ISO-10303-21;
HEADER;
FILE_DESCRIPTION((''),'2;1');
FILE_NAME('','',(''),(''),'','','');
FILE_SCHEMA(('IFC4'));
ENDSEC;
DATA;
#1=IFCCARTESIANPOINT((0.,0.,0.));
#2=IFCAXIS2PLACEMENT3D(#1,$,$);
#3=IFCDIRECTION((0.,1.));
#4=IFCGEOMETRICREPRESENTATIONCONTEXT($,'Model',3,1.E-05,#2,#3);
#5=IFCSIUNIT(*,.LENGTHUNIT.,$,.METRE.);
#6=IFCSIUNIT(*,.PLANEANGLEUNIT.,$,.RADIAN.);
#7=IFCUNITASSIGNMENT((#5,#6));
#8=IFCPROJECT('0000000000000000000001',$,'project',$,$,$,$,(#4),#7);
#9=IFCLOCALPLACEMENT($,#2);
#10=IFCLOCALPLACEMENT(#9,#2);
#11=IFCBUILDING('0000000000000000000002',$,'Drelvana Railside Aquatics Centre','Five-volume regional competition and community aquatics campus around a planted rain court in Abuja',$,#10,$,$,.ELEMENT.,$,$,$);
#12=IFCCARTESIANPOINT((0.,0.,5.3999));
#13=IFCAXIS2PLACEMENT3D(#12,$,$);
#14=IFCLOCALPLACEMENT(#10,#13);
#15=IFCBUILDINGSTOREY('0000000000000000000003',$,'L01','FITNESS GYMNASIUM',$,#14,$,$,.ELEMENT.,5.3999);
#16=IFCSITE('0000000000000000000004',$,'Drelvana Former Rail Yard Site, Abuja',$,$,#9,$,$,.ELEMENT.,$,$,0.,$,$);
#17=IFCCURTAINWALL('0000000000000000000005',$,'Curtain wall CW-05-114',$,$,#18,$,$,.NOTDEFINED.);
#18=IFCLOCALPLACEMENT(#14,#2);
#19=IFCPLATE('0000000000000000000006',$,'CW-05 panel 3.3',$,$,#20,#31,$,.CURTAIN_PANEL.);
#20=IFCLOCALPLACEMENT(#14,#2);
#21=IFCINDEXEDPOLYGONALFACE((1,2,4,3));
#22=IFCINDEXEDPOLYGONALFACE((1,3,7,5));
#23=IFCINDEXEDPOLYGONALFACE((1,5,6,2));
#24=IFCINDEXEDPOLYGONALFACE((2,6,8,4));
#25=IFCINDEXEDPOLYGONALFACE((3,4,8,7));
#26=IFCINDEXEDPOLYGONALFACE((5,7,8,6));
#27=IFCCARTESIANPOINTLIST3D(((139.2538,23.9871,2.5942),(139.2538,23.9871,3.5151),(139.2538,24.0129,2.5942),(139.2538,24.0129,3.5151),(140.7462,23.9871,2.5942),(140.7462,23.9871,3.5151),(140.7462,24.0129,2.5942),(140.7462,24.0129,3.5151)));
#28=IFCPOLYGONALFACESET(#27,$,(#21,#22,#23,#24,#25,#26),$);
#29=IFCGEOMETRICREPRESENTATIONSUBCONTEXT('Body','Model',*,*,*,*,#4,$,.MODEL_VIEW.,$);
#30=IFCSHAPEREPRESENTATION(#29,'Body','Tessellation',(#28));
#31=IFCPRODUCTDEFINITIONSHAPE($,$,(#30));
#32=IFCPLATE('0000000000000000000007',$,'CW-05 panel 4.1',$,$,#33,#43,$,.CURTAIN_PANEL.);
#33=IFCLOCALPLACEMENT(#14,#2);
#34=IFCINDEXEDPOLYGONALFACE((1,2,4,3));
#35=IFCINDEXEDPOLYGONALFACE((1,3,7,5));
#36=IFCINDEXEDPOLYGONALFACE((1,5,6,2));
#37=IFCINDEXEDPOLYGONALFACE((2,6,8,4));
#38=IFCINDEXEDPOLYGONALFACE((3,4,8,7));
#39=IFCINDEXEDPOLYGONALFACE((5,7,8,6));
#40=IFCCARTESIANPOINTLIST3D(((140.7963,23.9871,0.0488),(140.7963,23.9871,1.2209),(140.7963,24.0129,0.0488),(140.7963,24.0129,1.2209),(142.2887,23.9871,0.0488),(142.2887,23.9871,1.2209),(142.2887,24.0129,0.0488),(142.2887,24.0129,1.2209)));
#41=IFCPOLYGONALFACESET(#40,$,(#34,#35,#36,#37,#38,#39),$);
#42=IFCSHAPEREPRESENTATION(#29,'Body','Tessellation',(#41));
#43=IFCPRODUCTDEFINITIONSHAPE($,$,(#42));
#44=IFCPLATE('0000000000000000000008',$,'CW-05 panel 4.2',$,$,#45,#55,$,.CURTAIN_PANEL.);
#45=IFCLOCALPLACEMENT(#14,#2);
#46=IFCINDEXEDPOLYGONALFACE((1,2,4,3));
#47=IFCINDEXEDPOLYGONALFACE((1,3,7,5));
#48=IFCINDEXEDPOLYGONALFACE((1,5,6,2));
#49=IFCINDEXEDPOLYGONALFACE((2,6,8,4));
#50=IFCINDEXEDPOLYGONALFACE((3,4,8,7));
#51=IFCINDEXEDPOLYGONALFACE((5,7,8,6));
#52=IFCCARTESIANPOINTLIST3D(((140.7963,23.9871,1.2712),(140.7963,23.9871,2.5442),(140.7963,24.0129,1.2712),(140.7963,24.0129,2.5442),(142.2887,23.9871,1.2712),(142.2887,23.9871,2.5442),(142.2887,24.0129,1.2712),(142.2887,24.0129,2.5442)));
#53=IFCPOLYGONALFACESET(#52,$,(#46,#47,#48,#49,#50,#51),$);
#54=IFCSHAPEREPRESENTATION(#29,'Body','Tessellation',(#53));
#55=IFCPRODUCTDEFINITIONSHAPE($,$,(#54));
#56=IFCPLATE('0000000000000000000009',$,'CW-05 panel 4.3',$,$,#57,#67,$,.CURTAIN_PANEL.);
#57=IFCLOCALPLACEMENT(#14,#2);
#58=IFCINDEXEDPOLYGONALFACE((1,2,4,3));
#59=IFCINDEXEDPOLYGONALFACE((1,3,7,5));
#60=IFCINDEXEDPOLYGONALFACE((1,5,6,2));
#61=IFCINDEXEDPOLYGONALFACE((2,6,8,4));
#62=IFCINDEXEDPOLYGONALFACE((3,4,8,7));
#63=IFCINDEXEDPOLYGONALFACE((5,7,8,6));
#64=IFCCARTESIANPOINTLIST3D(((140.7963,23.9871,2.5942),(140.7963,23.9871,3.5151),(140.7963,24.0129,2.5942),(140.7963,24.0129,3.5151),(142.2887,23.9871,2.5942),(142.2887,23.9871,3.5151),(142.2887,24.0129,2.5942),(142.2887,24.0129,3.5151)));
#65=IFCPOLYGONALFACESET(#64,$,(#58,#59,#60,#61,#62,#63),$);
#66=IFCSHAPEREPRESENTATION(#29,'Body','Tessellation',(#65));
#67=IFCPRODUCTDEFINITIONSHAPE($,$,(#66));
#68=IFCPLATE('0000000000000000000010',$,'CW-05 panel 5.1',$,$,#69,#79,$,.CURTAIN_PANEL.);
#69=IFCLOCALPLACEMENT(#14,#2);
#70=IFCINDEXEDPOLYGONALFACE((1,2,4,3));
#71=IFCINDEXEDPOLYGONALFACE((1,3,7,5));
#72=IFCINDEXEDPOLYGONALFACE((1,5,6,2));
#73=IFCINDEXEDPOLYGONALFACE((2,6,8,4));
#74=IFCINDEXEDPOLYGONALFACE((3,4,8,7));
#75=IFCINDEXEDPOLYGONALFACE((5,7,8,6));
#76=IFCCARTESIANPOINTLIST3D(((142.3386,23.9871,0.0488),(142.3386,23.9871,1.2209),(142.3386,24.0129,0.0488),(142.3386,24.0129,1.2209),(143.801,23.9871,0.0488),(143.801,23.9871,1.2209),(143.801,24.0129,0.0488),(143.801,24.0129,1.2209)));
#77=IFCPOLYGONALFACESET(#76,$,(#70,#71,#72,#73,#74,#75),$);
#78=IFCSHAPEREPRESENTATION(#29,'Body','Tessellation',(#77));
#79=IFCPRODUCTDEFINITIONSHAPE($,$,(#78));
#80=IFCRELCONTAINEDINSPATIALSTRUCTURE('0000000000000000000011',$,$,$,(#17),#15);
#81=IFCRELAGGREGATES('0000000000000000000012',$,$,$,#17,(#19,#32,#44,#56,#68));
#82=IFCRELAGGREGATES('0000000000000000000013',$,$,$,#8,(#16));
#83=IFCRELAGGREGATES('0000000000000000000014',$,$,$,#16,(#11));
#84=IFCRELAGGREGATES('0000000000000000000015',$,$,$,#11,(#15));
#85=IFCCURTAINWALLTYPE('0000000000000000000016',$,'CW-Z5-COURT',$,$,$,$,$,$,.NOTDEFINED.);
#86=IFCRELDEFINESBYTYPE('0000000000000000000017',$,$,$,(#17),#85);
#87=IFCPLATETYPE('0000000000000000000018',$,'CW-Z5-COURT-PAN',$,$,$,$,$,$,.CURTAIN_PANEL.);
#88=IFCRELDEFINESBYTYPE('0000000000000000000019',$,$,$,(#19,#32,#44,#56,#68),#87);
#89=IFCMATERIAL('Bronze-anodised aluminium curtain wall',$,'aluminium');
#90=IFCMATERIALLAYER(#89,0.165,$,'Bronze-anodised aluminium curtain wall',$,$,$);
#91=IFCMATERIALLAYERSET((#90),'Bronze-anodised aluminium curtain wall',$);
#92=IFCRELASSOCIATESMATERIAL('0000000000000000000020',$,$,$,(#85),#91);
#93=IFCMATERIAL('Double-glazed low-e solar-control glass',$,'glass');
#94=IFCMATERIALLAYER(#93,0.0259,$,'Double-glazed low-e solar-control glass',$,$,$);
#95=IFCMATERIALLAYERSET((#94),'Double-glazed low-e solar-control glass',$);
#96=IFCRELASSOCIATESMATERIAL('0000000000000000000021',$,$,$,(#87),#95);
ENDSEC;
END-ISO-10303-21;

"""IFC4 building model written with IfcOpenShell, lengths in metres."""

from ifc_helpers import new_model, si_unit, direction, frame, origin, origin_2d, place, context, subcontext, project, spatial, rectangle, extrude, material, layer, layer_set, type_object, element, aggregate, save


model = new_model("IFC4")

# Units and contexts
model_context = context("Model", 3, precision=1e-05, world=origin(), true_north=direction((0.0, 1.0)))
body_context = subcontext(model_context, "Body", "Model", "MODEL_VIEW")
ifc_project = project(units=[si_unit("LENGTHUNIT", "METRE"), si_unit("PLANEANGLEUNIT", "RADIAN")], contexts=[model_context])

# Site, building, storey
site_placement = place(None, origin())
site = spatial("IfcSite", under=ifc_project, at=site_placement, Name="Drelvana Former Rail Yard Site, Abuja", CompositionType="ELEMENT", RefElevation=0.0)
building_placement = place(site_placement, origin())
building = spatial("IfcBuilding", under=site, at=building_placement, Name="Drelvana Railside Aquatics Centre", Description="Five-volume regional competition and community aquatics campus around a planted rain court in Abuja", CompositionType="ELEMENT")
storey_placement = place(building_placement, frame((0.0, 0.0, 5.3999)))
storey = spatial("IfcBuildingStorey", under=building, at=storey_placement, Name="L01", Description="FITNESS GYMNASIUM", CompositionType="ELEMENT", Elevation=5.3999)

# Curtain wall
ifc_material_1 = material(Name="Bronze-anodised aluminium curtain wall", Category="aluminium")
ifc_layer_1 = layer(ifc_material_1, 0.165, Name="Bronze-anodised aluminium curtain wall")
ifc_layer_set_1 = layer_set([ifc_layer_1], Name="Bronze-anodised aluminium curtain wall")
curtain_wall_type = type_object("IfcCurtainWallType", Name="CW-Z5-COURT", PredefinedType="NOTDEFINED", material=ifc_layer_set_1)
curtain_wall_placement = place(storey_placement, origin())
curtain_wall = element("IfcCurtainWall", 1, at=curtain_wall_placement, inside=storey, type_object=curtain_wall_type, Name="Curtain wall CW-05-114", PredefinedType="NOTDEFINED")

# Plates
ifc_material_2 = material(Name="Double-glazed low-e solar-control glass", Category="glass")
ifc_layer_2 = layer(ifc_material_2, 0.0259, Name="Double-glazed low-e solar-control glass")
ifc_layer_set_2 = layer_set([ifc_layer_2], Name="Double-glazed low-e solar-control glass")
plate_type = type_object("IfcPlateType", Name="CW-Z5-COURT-PAN", PredefinedType="CURTAIN_PANEL", material=ifc_layer_set_2)
plate_1_placement = place(storey_placement, frame((140.0, 24.0, 2.5942), z_axis=(0.0, 0.0, 1.0), x_axis=(1.0, 0.0, 0.0)))
plate_1 = element("IfcPlate", 2, at=plate_1_placement, type_object=plate_type, Name="CW-05 panel 3.3", PredefinedType="CURTAIN_PANEL", context=body_context, shape_type="SweptSolid", body=[
    extrude(rectangle(XDim=1.4924, YDim=0.0259, at=origin_2d()), origin(), (0.0, 0.0, 1.0), 0.9209),
])
plate_2_placement = place(storey_placement, frame((141.5425, 24.0, 0.0488), z_axis=(0.0, 0.0, 1.0), x_axis=(1.0, 0.0, 0.0)))
plate_2 = element("IfcPlate", 3, at=plate_2_placement, type_object=plate_type, Name="CW-05 panel 4.1", PredefinedType="CURTAIN_PANEL", context=body_context, shape_type="SweptSolid", body=[
    extrude(rectangle(XDim=1.4924, YDim=0.0259, at=origin_2d()), origin(), (0.0, 0.0, 1.0), 1.1721),
])
plate_3_placement = place(storey_placement, frame((141.5425, 24.0, 1.2712), z_axis=(0.0, 0.0, 1.0), x_axis=(1.0, 0.0, 0.0)))
plate_3 = element("IfcPlate", 4, at=plate_3_placement, type_object=plate_type, Name="CW-05 panel 4.2", PredefinedType="CURTAIN_PANEL", context=body_context, shape_type="SweptSolid", body=[
    extrude(rectangle(XDim=1.4924, YDim=0.0259, at=origin_2d()), origin(), (0.0, 0.0, 1.0), 1.2729),
])
plate_4_placement = place(storey_placement, frame((141.5425, 24.0, 2.5942), z_axis=(0.0, 0.0, 1.0), x_axis=(1.0, 0.0, 0.0)))
plate_4 = element("IfcPlate", 5, at=plate_4_placement, type_object=plate_type, Name="CW-05 panel 4.3", PredefinedType="CURTAIN_PANEL", context=body_context, shape_type="SweptSolid", body=[
    extrude(rectangle(XDim=1.4924, YDim=0.0259, at=origin_2d()), origin(), (0.0, 0.0, 1.0), 0.9209),
])
plate_5_placement = place(storey_placement, frame((143.0698, 24.0, 0.0488), z_axis=(0.0, 0.0, 1.0), x_axis=(1.0, 0.0, 0.0)))
plate_5 = element("IfcPlate", 6, at=plate_5_placement, type_object=plate_type, Name="CW-05 panel 5.1", PredefinedType="CURTAIN_PANEL", context=body_context, shape_type="SweptSolid", body=[
    extrude(rectangle(XDim=1.4624, YDim=0.0259, at=origin_2d()), origin(), (0.0, 0.0, 1.0), 1.1721),
])
aggregate(curtain_wall, [plate_1, plate_2, plate_3, plate_4, plate_5])

save(model, "model.ifc")
